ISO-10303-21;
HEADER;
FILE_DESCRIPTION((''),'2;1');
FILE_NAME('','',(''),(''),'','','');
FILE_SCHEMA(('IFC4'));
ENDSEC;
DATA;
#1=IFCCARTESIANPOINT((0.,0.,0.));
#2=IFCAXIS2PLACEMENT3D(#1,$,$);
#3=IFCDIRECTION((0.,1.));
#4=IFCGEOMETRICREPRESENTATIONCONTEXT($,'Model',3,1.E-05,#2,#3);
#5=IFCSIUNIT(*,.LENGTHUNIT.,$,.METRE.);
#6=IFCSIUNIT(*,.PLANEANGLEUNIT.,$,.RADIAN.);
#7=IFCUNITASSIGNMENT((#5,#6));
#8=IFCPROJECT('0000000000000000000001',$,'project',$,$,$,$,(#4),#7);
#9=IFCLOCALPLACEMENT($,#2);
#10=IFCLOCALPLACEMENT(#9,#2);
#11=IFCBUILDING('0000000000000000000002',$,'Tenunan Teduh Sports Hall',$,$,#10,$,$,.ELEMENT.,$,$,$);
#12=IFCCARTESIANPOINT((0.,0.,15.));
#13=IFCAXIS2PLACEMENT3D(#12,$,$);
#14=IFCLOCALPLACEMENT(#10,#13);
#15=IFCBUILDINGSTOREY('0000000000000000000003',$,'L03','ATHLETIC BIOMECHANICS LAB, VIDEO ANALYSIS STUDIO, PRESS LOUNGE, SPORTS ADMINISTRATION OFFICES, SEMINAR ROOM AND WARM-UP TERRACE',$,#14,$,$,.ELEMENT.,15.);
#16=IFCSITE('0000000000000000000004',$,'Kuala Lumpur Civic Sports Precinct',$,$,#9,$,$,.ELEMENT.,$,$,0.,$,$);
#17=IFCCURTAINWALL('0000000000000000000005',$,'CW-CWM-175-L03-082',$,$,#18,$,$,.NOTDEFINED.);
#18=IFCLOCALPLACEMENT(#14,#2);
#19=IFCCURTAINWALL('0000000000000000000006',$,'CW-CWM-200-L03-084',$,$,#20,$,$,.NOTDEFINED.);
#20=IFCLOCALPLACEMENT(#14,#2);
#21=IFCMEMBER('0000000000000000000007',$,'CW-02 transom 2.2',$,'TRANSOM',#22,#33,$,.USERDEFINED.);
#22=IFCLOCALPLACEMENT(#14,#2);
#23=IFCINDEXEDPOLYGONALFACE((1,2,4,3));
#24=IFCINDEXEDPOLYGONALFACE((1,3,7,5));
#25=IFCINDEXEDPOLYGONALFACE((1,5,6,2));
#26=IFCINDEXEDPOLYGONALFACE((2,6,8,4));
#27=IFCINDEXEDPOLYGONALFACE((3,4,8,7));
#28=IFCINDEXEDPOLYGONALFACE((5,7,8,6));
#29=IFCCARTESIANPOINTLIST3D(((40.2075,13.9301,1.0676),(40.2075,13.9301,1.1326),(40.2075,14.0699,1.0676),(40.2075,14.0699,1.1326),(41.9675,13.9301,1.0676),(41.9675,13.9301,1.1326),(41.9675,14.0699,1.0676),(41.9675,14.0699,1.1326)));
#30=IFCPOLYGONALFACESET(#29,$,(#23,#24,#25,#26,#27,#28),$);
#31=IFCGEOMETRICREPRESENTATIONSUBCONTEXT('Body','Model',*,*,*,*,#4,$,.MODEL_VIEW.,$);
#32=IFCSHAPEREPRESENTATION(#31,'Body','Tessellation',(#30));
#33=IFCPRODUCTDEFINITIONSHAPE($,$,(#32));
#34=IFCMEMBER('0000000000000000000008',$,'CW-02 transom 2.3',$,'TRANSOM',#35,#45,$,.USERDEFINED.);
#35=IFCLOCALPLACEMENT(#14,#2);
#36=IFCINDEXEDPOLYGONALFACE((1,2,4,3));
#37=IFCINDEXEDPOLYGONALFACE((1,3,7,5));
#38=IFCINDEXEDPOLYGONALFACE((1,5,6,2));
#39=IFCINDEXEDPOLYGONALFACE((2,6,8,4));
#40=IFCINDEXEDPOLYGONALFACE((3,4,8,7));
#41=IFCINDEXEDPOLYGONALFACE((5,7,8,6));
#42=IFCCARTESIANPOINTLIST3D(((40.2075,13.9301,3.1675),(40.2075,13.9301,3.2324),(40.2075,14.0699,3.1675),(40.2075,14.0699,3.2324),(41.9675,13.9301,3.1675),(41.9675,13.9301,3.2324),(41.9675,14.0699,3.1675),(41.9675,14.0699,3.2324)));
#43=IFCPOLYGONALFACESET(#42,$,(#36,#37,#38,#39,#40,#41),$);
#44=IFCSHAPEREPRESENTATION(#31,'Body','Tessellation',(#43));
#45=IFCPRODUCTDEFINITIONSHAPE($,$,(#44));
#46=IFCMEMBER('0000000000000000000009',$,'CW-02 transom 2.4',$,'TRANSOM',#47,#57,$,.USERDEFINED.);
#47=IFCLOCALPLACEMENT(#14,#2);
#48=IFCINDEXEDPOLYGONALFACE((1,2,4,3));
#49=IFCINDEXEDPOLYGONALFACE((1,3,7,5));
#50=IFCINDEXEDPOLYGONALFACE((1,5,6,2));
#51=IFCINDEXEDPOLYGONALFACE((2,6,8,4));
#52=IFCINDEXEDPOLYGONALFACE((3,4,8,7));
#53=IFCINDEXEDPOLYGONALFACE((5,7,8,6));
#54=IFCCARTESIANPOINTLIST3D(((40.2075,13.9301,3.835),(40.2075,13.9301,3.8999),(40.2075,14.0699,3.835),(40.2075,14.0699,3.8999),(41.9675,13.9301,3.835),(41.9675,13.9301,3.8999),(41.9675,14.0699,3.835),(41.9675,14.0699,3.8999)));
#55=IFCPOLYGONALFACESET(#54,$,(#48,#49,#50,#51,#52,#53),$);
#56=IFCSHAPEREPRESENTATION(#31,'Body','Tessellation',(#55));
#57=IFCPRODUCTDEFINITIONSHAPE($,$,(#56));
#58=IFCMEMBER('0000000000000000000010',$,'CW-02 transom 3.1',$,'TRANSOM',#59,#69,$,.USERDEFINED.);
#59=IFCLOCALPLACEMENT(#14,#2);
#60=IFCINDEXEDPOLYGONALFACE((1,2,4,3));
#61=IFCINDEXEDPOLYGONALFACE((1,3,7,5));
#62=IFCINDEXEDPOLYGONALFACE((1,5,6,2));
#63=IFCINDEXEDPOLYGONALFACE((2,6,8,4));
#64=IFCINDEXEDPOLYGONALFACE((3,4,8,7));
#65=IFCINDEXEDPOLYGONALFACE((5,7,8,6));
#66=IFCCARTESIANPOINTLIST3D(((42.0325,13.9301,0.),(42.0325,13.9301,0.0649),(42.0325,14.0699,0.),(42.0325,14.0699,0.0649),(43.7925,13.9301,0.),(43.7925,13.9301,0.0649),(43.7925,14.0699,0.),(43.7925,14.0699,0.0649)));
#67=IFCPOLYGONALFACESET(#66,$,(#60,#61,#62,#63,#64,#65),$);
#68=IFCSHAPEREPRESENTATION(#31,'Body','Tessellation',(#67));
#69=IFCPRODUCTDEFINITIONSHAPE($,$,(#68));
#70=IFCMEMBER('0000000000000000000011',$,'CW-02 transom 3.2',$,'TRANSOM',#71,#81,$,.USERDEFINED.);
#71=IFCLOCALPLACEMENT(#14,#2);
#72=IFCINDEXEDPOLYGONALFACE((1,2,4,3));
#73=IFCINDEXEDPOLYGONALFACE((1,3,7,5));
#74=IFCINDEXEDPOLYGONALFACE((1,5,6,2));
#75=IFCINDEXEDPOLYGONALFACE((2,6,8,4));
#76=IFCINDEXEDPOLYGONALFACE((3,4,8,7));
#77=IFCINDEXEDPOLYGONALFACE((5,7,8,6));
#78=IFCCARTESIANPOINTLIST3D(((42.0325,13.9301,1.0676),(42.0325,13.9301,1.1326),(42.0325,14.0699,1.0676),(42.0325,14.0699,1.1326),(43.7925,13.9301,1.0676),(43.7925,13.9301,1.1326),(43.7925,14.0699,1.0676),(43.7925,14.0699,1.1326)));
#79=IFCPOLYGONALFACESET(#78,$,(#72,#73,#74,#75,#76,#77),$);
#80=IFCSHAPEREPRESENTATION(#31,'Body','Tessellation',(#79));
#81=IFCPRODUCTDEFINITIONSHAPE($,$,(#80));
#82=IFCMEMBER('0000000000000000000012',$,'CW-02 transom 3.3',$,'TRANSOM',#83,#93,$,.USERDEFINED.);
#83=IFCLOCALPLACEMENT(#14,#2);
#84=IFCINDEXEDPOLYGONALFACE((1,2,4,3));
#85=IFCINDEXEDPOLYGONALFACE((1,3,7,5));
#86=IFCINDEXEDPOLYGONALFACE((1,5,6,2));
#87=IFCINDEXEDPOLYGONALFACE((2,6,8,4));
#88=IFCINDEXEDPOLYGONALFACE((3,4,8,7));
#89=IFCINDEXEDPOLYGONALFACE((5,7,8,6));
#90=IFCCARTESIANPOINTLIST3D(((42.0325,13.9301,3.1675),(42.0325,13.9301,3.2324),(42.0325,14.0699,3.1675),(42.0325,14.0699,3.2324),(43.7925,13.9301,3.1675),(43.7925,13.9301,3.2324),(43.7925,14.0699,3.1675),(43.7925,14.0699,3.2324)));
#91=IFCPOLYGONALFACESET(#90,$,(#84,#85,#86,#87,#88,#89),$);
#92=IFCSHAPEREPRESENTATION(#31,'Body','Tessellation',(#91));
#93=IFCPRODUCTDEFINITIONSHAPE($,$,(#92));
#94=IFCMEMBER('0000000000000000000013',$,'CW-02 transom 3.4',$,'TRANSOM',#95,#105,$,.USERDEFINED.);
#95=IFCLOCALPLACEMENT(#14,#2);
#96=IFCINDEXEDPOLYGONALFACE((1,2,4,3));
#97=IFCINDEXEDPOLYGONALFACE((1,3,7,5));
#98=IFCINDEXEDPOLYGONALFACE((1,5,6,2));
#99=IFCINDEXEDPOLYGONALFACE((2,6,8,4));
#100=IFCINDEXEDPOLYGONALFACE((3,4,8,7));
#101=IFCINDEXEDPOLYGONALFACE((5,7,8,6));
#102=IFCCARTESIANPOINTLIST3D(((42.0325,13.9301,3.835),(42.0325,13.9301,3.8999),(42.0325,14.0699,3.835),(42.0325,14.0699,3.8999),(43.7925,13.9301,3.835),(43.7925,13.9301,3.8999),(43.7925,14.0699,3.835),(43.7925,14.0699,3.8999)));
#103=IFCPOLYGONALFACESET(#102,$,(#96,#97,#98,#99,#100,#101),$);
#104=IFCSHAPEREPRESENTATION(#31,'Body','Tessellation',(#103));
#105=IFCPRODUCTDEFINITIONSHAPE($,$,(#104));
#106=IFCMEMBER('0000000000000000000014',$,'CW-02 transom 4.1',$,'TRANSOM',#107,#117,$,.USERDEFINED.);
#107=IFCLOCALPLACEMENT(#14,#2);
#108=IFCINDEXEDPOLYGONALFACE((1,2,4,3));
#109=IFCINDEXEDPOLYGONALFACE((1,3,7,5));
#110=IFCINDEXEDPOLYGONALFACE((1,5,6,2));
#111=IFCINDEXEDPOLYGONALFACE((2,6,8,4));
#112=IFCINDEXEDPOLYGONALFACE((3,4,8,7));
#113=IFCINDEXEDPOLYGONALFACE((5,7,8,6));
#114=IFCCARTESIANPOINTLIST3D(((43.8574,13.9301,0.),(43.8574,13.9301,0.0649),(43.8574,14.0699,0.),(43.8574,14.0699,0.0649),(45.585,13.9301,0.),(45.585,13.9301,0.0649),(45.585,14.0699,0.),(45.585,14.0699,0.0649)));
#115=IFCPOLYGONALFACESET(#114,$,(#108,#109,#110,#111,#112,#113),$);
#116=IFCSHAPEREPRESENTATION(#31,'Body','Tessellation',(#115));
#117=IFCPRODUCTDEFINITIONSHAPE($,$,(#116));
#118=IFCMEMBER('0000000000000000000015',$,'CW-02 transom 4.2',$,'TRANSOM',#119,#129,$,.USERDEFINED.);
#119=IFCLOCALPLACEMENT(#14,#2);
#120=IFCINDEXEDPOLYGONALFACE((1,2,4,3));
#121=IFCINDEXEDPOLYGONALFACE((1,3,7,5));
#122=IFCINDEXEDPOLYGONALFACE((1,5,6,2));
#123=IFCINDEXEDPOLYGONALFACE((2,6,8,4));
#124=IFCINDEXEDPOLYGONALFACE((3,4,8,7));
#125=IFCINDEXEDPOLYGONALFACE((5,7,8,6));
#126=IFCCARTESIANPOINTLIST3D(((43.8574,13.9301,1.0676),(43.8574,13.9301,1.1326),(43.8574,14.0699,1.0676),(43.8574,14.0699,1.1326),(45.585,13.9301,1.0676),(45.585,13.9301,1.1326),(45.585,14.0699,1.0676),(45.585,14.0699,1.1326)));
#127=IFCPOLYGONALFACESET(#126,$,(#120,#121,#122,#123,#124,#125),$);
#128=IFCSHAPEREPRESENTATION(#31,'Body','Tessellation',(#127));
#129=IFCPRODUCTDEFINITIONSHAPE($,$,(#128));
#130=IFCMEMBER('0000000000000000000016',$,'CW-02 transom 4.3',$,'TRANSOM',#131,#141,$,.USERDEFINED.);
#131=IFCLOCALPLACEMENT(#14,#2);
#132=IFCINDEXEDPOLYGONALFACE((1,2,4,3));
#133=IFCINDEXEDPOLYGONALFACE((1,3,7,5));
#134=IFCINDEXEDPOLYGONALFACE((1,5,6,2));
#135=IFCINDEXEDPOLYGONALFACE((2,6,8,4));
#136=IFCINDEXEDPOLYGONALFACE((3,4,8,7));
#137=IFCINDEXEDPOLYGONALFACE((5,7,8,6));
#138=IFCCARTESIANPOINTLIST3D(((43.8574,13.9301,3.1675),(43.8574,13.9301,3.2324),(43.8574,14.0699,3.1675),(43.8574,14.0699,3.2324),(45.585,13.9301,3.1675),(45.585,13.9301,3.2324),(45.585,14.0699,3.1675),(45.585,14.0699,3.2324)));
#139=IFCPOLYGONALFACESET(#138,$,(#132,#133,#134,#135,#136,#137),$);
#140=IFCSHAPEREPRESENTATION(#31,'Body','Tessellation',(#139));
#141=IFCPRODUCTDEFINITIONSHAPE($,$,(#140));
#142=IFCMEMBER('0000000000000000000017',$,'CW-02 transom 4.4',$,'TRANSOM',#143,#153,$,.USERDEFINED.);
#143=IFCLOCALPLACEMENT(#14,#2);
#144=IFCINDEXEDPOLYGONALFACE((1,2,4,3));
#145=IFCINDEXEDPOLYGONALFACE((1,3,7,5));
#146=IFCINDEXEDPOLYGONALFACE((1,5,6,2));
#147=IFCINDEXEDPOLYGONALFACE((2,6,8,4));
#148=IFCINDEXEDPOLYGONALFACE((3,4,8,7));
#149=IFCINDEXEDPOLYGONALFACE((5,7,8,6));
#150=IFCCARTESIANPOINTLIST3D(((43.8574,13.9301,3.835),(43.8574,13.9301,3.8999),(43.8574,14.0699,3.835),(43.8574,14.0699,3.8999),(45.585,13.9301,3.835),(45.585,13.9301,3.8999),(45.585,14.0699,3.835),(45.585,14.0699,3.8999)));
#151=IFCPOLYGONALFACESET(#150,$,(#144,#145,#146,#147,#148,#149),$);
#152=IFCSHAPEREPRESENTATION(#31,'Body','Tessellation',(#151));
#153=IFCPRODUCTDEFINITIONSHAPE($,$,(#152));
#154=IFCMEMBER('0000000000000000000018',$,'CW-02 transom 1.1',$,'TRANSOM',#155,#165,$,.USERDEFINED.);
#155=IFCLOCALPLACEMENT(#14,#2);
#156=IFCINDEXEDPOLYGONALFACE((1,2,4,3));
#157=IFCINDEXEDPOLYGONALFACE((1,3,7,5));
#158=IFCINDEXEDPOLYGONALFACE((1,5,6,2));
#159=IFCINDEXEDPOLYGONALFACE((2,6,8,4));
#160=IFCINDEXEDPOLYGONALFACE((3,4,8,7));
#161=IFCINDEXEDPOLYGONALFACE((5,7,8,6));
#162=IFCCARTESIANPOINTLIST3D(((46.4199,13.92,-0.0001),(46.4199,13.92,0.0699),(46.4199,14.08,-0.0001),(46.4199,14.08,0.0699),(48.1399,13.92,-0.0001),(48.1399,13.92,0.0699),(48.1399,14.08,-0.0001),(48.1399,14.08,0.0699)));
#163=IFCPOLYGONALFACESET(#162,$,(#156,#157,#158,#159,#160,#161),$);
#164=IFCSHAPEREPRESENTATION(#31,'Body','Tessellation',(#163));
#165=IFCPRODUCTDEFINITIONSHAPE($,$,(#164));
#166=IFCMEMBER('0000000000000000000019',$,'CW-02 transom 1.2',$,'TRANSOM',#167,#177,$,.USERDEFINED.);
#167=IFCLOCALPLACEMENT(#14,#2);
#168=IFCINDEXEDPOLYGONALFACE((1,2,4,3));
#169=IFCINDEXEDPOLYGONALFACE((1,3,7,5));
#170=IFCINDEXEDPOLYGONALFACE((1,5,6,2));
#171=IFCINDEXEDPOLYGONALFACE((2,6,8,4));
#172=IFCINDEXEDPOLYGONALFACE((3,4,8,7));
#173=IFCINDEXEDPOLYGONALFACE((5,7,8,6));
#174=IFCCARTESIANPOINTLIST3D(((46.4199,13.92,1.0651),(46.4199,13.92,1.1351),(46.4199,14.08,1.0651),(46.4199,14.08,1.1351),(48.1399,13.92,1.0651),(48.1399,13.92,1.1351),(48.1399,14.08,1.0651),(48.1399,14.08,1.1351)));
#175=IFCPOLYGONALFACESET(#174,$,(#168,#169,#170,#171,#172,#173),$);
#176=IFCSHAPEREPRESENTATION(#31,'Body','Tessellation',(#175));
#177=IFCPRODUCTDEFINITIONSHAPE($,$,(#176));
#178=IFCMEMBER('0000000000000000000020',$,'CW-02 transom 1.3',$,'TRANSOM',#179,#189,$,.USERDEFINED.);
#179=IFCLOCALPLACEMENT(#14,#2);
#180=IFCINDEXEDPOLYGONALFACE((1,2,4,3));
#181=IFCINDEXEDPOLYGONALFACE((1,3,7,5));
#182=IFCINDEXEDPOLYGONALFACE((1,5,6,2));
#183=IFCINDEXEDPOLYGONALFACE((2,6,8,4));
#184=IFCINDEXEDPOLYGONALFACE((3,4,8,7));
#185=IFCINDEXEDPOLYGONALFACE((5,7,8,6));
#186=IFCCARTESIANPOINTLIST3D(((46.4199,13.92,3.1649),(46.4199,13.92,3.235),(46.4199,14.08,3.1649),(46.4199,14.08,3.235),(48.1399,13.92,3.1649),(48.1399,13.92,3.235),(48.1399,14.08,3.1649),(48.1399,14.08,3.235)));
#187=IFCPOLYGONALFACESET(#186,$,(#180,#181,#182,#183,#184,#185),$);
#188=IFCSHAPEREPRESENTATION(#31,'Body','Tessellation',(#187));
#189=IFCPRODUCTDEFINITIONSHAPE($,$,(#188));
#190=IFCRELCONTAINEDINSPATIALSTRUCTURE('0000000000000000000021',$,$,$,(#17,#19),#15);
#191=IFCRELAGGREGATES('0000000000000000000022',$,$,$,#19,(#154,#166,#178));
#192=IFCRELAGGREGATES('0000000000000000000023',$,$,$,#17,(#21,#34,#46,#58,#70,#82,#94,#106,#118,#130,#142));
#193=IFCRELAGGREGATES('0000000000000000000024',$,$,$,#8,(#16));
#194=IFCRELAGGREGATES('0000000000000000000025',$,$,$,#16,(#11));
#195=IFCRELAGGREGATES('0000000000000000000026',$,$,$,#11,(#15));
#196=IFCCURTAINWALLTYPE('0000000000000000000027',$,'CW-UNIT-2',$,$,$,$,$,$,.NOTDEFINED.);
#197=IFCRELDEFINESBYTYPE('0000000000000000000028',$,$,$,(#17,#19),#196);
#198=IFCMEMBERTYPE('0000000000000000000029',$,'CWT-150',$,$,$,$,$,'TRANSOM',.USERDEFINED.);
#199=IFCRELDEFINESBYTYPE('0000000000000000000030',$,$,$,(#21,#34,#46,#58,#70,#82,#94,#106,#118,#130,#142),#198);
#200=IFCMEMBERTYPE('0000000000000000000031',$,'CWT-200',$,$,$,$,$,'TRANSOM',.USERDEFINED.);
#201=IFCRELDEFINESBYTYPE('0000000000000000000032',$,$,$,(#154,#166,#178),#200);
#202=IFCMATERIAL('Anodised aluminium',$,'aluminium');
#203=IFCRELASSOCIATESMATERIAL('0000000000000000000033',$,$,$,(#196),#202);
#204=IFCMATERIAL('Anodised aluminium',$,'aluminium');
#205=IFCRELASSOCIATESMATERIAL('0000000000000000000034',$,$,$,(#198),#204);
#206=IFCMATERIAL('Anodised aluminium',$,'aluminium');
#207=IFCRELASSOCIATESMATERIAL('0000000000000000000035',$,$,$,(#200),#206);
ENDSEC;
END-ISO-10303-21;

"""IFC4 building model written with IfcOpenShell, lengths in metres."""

from ifc_helpers import new_model, si_unit, direction, frame, origin, origin_2d, place, context, subcontext, project, spatial, rectangle, extrude, material, material_profile, profile_set, type_object, element, aggregate, save


model = new_model("IFC4")

# Units and contexts
model_context = context("Model", 3, precision=1e-05, world=origin(), true_north=direction((0.0, 1.0)))
body_context = subcontext(model_context, "Body", "Model", "MODEL_VIEW")
ifc_project = project(units=[si_unit("LENGTHUNIT", "METRE"), si_unit("PLANEANGLEUNIT", "RADIAN")], contexts=[model_context])

# Site, building, storey
site_placement = place(None, origin())
site = spatial("IfcSite", under=ifc_project, at=site_placement, Name="Kuala Lumpur Civic Sports Precinct", CompositionType="ELEMENT", RefElevation=0.0)
building_placement = place(site_placement, origin())
building = spatial("IfcBuilding", under=site, at=building_placement, Name="Tenunan Teduh Sports Hall", CompositionType="ELEMENT")
storey_placement = place(building_placement, frame((0.0, 0.0, 15.0)))
storey = spatial("IfcBuildingStorey", under=building, at=storey_placement, Name="L03", Description="ATHLETIC BIOMECHANICS LAB, VIDEO ANALYSIS STUDIO, PRESS LOUNGE, SPORTS ADMINISTRATION OFFICES, SEMINAR ROOM AND WARM-UP TERRACE", CompositionType="ELEMENT", Elevation=15.0)

# Curtain wall
ifc_material_1 = material(Name="Anodised aluminium", Category="aluminium")
curtain_wall_type = type_object("IfcCurtainWallType", Name="CW-UNIT-2", PredefinedType="NOTDEFINED", material=ifc_material_1)
curtain_wall_1_placement = place(storey_placement, origin())
curtain_wall_1 = element("IfcCurtainWall", 1, at=curtain_wall_1_placement, inside=storey, type_object=curtain_wall_type, Name="CW-CWM-175-L03-082", PredefinedType="NOTDEFINED")

# Curtain wall
curtain_wall_2_placement = place(storey_placement, origin())
curtain_wall_2 = element("IfcCurtainWall", 2, at=curtain_wall_2_placement, inside=storey, type_object=curtain_wall_type, Name="CW-CWM-200-L03-084", PredefinedType="NOTDEFINED")

# Members
ifc_material_2 = material(Name="Anodised aluminium", Category="aluminium")
ifc_material_profile_1 = material_profile(ifc_material_2, rectangle(XDim=0.0649, YDim=0.1399, at=origin_2d()), Name="CWT 65x140")
ifc_profile_set_1 = profile_set([ifc_material_profile_1], Name="Anodised aluminium")
member_type_1 = type_object("IfcMemberType", Name="CWT-150", ElementType="TRANSOM", PredefinedType="USERDEFINED", material=ifc_profile_set_1)
member_1_placement = place(storey_placement, frame((40.2075, 14.0, 1.1001), z_axis=(1.0, 0.0, 0.0), x_axis=(0.0, 0.0, 1.0)))
member_1 = element("IfcMember", 3, at=member_1_placement, type_object=member_type_1, Name="CW-02 transom 2.2", ObjectType="TRANSOM", PredefinedType="USERDEFINED", context=body_context, shape_type="SweptSolid", body=[
    extrude(rectangle(XDim=0.0649, YDim=0.1399, at=origin_2d()), origin(), (0.0, 0.0, 1.0), 1.76),
])
member_2_placement = place(storey_placement, frame((40.2075, 14.0, 3.2), z_axis=(1.0, 0.0, 0.0), x_axis=(0.0, 0.0, 1.0)))
member_2 = element("IfcMember", 4, at=member_2_placement, type_object=member_type_1, Name="CW-02 transom 2.3", ObjectType="TRANSOM", PredefinedType="USERDEFINED", context=body_context, shape_type="SweptSolid", body=[
    extrude(rectangle(XDim=0.0649, YDim=0.1399, at=origin_2d()), origin(), (0.0, 0.0, 1.0), 1.76),
])
member_3_placement = place(storey_placement, frame((40.2075, 14.0, 3.8674), z_axis=(1.0, 0.0, 0.0), x_axis=(0.0, 0.0, 1.0)))
member_3 = element("IfcMember", 5, at=member_3_placement, type_object=member_type_1, Name="CW-02 transom 2.4", ObjectType="TRANSOM", PredefinedType="USERDEFINED", context=body_context, shape_type="SweptSolid", body=[
    extrude(rectangle(XDim=0.0649, YDim=0.1399, at=origin_2d()), origin(), (0.0, 0.0, 1.0), 1.76),
])
member_4_placement = place(storey_placement, frame((42.0325, 14.0, 0.0325), z_axis=(1.0, 0.0, 0.0), x_axis=(0.0, 0.0, 1.0)))
member_4 = element("IfcMember", 6, at=member_4_placement, type_object=member_type_1, Name="CW-02 transom 3.1", ObjectType="TRANSOM", PredefinedType="USERDEFINED", context=body_context, shape_type="SweptSolid", body=[
    extrude(rectangle(XDim=0.0649, YDim=0.1399, at=origin_2d()), origin(), (0.0, 0.0, 1.0), 1.76),
])
member_5_placement = place(storey_placement, frame((42.0325, 14.0, 1.1001), z_axis=(1.0, 0.0, 0.0), x_axis=(0.0, 0.0, 1.0)))
member_5 = element("IfcMember", 7, at=member_5_placement, type_object=member_type_1, Name="CW-02 transom 3.2", ObjectType="TRANSOM", PredefinedType="USERDEFINED", context=body_context, shape_type="SweptSolid", body=[
    extrude(rectangle(XDim=0.0649, YDim=0.1399, at=origin_2d()), origin(), (0.0, 0.0, 1.0), 1.76),
])
member_6_placement = place(storey_placement, frame((42.0325, 14.0, 3.2), z_axis=(1.0, 0.0, 0.0), x_axis=(0.0, 0.0, 1.0)))
member_6 = element("IfcMember", 8, at=member_6_placement, type_object=member_type_1, Name="CW-02 transom 3.3", ObjectType="TRANSOM", PredefinedType="USERDEFINED", context=body_context, shape_type="SweptSolid", body=[
    extrude(rectangle(XDim=0.0649, YDim=0.1399, at=origin_2d()), origin(), (0.0, 0.0, 1.0), 1.76),
])
member_7_placement = place(storey_placement, frame((42.0325, 14.0, 3.8674), z_axis=(1.0, 0.0, 0.0), x_axis=(0.0, 0.0, 1.0)))
member_7 = element("IfcMember", 9, at=member_7_placement, type_object=member_type_1, Name="CW-02 transom 3.4", ObjectType="TRANSOM", PredefinedType="USERDEFINED", context=body_context, shape_type="SweptSolid", body=[
    extrude(rectangle(XDim=0.0649, YDim=0.1399, at=origin_2d()), origin(), (0.0, 0.0, 1.0), 1.76),
])
member_8_placement = place(storey_placement, frame((43.8574, 14.0, 0.0325), z_axis=(1.0, 0.0, 0.0), x_axis=(0.0, 0.0, 1.0)))
member_8 = element("IfcMember", 10, at=member_8_placement, type_object=member_type_1, Name="CW-02 transom 4.1", ObjectType="TRANSOM", PredefinedType="USERDEFINED", context=body_context, shape_type="SweptSolid", body=[
    extrude(rectangle(XDim=0.0649, YDim=0.1399, at=origin_2d()), origin(), (0.0, 0.0, 1.0), 1.7275),
])
member_9_placement = place(storey_placement, frame((43.8574, 14.0, 1.1001), z_axis=(1.0, 0.0, 0.0), x_axis=(0.0, 0.0, 1.0)))
member_9 = element("IfcMember", 11, at=member_9_placement, type_object=member_type_1, Name="CW-02 transom 4.2", ObjectType="TRANSOM", PredefinedType="USERDEFINED", context=body_context, shape_type="SweptSolid", body=[
    extrude(rectangle(XDim=0.0649, YDim=0.1399, at=origin_2d()), origin(), (0.0, 0.0, 1.0), 1.7275),
])
member_10_placement = place(storey_placement, frame((43.8574, 14.0, 3.2), z_axis=(1.0, 0.0, 0.0), x_axis=(0.0, 0.0, 1.0)))
member_10 = element("IfcMember", 12, at=member_10_placement, type_object=member_type_1, Name="CW-02 transom 4.3", ObjectType="TRANSOM", PredefinedType="USERDEFINED", context=body_context, shape_type="SweptSolid", body=[
    extrude(rectangle(XDim=0.0649, YDim=0.1399, at=origin_2d()), origin(), (0.0, 0.0, 1.0), 1.7275),
])
member_11_placement = place(storey_placement, frame((43.8574, 14.0, 3.8674), z_axis=(1.0, 0.0, 0.0), x_axis=(0.0, 0.0, 1.0)))
member_11 = element("IfcMember", 13, at=member_11_placement, type_object=member_type_1, Name="CW-02 transom 4.4", ObjectType="TRANSOM", PredefinedType="USERDEFINED", context=body_context, shape_type="SweptSolid", body=[
    extrude(rectangle(XDim=0.0649, YDim=0.1399, at=origin_2d()), origin(), (0.0, 0.0, 1.0), 1.7275),
])
ifc_material_3 = material(Name="Anodised aluminium", Category="aluminium")
ifc_material_profile_2 = material_profile(ifc_material_3, rectangle(XDim=0.0701, YDim=0.1599, at=origin_2d()), Name="CWT 70x160")
ifc_profile_set_2 = profile_set([ifc_material_profile_2], Name="Anodised aluminium")
member_type_2 = type_object("IfcMemberType", Name="CWT-200", ElementType="TRANSOM", PredefinedType="USERDEFINED", material=ifc_profile_set_2)
member_12_placement = place(storey_placement, frame((46.4199, 14.0, 0.0349), z_axis=(1.0, 0.0, 0.0), x_axis=(0.0, 0.0, 1.0)))
member_12 = element("IfcMember", 14, at=member_12_placement, type_object=member_type_2, Name="CW-02 transom 1.1", ObjectType="TRANSOM", PredefinedType="USERDEFINED", context=body_context, shape_type="SweptSolid", body=[
    extrude(rectangle(XDim=0.0701, YDim=0.1599, at=origin_2d()), origin(), (0.0, 0.0, 1.0), 1.72),
])
member_13_placement = place(storey_placement, frame((46.4199, 14.0, 1.1001), z_axis=(1.0, 0.0, 0.0), x_axis=(0.0, 0.0, 1.0)))
member_13 = element("IfcMember", 15, at=member_13_placement, type_object=member_type_2, Name="CW-02 transom 1.2", ObjectType="TRANSOM", PredefinedType="USERDEFINED", context=body_context, shape_type="SweptSolid", body=[
    extrude(rectangle(XDim=0.0701, YDim=0.1599, at=origin_2d()), origin(), (0.0, 0.0, 1.0), 1.72),
])
member_14_placement = place(storey_placement, frame((46.4199, 14.0, 3.2), z_axis=(1.0, 0.0, 0.0), x_axis=(0.0, 0.0, 1.0)))
member_14 = element("IfcMember", 16, at=member_14_placement, type_object=member_type_2, Name="CW-02 transom 1.3", ObjectType="TRANSOM", PredefinedType="USERDEFINED", context=body_context, shape_type="SweptSolid", body=[
    extrude(rectangle(XDim=0.0701, YDim=0.1599, at=origin_2d()), origin(), (0.0, 0.0, 1.0), 1.72),
])
aggregate(curtain_wall_2, [member_12, member_13, member_14])

aggregate(curtain_wall_1, [member_1, member_2, member_3, member_4, member_5, member_6, member_7, member_8, member_9, member_10, member_11])

save(model, "model.ifc")
